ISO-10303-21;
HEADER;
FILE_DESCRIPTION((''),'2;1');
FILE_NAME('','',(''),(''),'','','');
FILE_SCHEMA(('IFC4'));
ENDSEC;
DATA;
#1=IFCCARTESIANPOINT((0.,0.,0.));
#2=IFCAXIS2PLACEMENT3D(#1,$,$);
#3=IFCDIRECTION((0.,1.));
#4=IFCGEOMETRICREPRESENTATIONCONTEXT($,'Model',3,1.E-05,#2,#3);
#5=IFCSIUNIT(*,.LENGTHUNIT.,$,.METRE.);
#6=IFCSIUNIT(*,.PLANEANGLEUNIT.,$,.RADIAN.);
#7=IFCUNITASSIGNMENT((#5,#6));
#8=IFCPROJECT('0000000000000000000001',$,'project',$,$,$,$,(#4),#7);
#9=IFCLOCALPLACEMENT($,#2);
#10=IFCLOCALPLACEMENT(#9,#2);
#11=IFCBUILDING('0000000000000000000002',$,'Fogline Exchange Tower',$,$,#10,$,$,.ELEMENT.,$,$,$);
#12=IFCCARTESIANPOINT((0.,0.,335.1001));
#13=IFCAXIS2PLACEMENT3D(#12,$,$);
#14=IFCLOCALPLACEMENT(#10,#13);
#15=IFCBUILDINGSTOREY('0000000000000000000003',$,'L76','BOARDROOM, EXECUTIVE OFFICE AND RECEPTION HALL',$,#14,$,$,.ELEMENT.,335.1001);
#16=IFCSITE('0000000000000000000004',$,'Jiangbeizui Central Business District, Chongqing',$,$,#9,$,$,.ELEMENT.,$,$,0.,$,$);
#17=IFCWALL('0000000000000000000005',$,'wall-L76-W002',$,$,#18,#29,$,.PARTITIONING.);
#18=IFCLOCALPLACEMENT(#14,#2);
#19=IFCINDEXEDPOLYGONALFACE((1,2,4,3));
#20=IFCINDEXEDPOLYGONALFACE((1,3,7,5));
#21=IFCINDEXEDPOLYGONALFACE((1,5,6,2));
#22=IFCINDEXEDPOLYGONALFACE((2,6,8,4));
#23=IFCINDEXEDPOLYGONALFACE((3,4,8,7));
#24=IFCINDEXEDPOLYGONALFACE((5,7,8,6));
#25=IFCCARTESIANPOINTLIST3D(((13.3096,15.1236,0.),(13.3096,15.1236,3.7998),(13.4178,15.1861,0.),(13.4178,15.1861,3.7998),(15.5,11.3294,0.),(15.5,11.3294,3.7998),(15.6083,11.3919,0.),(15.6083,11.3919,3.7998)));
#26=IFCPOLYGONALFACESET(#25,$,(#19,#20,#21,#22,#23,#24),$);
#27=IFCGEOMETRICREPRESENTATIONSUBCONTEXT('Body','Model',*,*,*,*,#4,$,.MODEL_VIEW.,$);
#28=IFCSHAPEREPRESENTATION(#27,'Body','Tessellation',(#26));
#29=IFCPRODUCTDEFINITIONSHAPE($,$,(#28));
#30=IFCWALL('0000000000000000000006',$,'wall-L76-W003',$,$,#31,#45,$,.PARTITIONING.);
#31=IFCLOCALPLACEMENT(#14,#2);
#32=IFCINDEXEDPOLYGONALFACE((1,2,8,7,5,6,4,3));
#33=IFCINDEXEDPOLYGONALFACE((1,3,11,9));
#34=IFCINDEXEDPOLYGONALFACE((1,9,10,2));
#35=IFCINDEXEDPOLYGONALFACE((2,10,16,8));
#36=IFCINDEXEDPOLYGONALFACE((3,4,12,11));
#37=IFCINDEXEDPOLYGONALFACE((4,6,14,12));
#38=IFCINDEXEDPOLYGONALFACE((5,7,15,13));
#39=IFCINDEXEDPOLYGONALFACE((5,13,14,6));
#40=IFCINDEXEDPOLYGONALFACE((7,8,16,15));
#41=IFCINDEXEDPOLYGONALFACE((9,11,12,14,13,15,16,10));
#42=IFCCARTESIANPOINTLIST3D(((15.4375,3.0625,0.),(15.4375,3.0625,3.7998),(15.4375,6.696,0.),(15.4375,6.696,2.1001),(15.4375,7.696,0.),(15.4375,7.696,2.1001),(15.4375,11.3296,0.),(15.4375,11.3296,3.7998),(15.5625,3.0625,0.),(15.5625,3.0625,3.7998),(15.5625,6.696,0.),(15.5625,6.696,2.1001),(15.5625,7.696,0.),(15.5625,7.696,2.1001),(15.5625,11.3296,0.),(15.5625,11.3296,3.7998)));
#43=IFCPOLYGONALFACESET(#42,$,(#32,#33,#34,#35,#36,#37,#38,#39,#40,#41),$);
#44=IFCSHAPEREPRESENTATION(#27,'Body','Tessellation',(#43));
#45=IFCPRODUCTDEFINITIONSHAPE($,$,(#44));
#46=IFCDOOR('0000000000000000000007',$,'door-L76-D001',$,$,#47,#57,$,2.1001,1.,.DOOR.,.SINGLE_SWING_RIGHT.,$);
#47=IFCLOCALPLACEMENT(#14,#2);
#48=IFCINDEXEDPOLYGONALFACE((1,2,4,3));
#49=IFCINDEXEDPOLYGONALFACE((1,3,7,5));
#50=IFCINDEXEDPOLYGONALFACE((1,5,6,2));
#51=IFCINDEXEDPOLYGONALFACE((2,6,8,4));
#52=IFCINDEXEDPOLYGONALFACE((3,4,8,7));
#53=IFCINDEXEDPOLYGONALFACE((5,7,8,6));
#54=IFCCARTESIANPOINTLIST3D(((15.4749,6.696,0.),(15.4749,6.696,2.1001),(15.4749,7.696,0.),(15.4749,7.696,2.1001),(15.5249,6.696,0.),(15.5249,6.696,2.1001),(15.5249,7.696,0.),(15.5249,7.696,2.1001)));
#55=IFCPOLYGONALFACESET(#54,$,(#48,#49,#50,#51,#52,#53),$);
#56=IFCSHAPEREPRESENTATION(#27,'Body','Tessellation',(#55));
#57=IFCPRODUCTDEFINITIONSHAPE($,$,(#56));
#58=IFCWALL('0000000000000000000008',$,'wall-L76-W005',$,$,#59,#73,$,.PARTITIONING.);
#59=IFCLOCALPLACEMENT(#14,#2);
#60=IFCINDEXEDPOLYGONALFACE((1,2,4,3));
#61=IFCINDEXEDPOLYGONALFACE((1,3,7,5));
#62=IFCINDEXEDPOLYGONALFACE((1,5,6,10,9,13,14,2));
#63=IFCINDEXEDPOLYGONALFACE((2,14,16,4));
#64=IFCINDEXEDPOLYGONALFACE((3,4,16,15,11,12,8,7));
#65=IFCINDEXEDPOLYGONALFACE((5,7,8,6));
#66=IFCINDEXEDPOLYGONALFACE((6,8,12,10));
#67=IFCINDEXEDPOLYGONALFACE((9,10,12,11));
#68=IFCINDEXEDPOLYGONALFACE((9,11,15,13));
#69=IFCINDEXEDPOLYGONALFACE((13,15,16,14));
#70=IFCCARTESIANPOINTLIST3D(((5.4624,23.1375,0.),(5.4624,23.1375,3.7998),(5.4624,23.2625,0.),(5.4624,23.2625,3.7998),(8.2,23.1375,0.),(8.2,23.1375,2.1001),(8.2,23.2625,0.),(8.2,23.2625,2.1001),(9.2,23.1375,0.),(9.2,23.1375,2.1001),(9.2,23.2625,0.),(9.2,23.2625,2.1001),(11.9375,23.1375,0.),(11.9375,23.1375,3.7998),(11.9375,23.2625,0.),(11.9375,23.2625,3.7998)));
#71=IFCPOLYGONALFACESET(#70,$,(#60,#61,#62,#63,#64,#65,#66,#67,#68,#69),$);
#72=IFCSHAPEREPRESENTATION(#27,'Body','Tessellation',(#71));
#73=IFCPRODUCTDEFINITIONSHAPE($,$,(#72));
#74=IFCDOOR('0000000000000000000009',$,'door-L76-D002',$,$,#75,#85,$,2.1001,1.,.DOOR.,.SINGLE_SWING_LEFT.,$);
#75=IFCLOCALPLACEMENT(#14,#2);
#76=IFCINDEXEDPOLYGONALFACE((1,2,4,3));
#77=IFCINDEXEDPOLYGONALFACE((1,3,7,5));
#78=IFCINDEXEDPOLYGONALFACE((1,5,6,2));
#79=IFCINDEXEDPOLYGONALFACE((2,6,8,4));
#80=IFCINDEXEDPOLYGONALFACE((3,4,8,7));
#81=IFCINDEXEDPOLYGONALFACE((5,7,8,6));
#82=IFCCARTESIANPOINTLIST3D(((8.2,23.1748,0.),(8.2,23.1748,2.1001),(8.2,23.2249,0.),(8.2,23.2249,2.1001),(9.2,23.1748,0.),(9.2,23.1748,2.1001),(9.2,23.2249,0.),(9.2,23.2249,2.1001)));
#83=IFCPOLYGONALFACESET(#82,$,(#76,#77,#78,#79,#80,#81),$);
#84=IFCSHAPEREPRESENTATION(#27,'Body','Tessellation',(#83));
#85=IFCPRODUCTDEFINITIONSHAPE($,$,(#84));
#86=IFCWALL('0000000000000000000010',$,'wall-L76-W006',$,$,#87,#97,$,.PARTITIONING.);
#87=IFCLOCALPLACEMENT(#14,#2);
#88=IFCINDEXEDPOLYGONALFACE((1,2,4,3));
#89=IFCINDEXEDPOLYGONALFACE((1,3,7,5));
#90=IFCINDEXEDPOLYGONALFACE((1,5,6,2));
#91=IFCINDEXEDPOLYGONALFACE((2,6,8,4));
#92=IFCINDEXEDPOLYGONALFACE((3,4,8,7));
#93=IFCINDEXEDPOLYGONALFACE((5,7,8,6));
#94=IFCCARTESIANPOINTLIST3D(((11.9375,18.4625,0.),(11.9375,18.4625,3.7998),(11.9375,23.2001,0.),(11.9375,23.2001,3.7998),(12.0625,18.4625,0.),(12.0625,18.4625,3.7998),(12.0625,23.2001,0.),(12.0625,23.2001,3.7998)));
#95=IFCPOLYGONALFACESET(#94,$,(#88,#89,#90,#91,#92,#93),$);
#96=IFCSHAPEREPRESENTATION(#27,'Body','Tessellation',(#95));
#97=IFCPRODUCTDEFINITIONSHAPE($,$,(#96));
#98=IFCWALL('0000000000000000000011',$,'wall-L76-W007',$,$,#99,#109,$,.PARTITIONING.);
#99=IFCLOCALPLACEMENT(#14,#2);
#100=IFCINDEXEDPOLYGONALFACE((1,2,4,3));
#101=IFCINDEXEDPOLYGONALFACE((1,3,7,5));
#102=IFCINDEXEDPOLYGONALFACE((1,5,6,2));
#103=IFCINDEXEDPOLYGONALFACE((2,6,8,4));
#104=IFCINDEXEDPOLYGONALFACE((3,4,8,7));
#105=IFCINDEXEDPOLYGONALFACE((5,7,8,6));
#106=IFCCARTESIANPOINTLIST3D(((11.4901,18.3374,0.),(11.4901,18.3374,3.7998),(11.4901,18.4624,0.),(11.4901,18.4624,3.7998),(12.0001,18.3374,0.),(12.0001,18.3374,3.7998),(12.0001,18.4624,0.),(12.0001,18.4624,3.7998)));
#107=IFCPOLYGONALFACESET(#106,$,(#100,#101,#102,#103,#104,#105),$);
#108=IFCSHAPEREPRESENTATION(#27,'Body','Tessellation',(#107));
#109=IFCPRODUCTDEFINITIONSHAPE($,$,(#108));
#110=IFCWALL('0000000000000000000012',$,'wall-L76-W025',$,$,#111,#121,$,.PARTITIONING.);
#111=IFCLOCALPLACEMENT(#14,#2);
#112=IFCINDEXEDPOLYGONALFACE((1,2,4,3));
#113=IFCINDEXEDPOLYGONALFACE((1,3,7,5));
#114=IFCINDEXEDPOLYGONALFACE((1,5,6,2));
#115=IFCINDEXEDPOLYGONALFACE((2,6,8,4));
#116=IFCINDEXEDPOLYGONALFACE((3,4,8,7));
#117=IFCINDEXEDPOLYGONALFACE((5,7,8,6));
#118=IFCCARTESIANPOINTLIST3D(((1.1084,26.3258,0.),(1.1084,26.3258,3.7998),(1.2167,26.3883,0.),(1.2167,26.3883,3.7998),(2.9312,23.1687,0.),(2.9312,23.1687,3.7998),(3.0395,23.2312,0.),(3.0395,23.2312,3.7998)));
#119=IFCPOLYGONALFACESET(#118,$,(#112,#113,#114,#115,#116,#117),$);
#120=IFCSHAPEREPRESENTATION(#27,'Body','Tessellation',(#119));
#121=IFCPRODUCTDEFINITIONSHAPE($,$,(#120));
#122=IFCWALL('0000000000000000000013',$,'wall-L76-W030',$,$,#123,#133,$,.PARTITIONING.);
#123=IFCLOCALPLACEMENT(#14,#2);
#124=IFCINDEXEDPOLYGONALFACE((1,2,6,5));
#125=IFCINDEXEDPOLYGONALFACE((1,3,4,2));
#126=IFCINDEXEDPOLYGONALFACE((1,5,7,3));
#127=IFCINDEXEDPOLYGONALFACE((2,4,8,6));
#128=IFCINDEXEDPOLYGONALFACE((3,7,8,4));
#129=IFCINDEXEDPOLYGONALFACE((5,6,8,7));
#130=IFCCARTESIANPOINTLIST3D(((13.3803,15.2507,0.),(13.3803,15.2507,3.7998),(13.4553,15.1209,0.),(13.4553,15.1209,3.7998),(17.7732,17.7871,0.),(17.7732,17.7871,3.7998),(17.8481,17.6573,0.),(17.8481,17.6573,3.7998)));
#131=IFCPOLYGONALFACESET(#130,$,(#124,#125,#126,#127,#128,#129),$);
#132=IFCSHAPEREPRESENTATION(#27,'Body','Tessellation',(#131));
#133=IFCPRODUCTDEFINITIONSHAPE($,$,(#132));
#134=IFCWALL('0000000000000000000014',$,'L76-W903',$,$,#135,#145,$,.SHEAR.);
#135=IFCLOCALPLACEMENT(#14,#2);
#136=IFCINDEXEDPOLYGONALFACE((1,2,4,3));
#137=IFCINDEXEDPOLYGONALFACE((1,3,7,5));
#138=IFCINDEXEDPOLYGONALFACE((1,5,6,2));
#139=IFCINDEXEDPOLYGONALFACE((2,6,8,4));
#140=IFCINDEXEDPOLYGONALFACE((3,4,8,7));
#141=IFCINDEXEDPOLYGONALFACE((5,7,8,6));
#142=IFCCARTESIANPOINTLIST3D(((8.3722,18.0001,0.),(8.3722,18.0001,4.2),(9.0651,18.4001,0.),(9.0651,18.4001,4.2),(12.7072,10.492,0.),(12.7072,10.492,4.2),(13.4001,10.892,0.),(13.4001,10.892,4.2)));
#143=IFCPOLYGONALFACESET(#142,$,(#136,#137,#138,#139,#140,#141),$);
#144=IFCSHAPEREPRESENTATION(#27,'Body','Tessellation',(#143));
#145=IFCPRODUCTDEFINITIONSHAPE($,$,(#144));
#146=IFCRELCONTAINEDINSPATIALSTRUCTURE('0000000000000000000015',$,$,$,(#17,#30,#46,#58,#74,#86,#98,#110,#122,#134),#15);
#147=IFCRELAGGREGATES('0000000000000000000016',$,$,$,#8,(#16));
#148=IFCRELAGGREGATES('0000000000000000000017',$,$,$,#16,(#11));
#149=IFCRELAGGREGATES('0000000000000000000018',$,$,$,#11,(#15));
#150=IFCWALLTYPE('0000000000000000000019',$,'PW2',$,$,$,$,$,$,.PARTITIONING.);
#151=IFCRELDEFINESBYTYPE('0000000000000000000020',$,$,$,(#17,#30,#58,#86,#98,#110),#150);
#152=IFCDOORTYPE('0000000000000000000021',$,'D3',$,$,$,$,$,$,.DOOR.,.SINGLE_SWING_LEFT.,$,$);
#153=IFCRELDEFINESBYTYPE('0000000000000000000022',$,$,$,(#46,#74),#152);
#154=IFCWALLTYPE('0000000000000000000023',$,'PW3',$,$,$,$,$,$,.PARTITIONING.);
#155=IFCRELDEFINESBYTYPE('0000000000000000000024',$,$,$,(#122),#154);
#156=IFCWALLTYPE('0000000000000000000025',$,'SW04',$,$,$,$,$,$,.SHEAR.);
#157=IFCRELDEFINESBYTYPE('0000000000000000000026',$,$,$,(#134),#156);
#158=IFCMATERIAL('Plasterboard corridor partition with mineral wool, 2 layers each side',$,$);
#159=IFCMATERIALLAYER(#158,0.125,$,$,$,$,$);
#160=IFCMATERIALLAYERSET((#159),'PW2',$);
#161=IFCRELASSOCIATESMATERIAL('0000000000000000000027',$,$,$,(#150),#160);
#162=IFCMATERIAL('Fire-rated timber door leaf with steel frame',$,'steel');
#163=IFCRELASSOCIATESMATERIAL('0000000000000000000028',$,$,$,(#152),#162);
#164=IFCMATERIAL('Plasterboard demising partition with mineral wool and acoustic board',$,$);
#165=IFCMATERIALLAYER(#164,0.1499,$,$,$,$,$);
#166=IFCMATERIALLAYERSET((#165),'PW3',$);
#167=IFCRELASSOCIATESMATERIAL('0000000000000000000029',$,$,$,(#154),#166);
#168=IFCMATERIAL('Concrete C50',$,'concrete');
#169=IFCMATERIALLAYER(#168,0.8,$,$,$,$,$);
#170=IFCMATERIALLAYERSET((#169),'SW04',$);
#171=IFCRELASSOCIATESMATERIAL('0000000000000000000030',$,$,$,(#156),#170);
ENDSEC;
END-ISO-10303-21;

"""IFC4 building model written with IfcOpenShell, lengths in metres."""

from ifc_helpers import new_model, si_unit, direction, frame, frame_2d, origin, place, context, subcontext, project, spatial, rectangle, extrude, material, layer, layer_set, type_object, element, fill, save


model = new_model("IFC4")

# Units and contexts
model_context = context("Model", 3, precision=1e-05, world=origin(), true_north=direction((0.0, 1.0)))
body_context = subcontext(model_context, "Body", "Model", "MODEL_VIEW")
ifc_project = project(units=[si_unit("LENGTHUNIT", "METRE"), si_unit("PLANEANGLEUNIT", "RADIAN")], contexts=[model_context])

# Site, building, storey
site_placement = place(None, origin())
site = spatial("IfcSite", under=ifc_project, at=site_placement, Name="Jiangbeizui Central Business District, Chongqing", CompositionType="ELEMENT", RefElevation=0.0)
building_placement = place(site_placement, origin())
building = spatial("IfcBuilding", under=site, at=building_placement, Name="Fogline Exchange Tower", CompositionType="ELEMENT")
storey_placement = place(building_placement, frame((0.0, 0.0, 335.1001)))
storey = spatial("IfcBuildingStorey", under=building, at=storey_placement, Name="L76", Description="BOARDROOM, EXECUTIVE OFFICE AND RECEPTION HALL", CompositionType="ELEMENT", Elevation=335.1001)

# Wall
ifc_material_1 = material(Name="Plasterboard corridor partition with mineral wool, 2 layers each side")
ifc_layer_1 = layer(ifc_material_1, 0.125)
ifc_layer_set_1 = layer_set([ifc_layer_1], Name="PW2")
wall_type_1 = type_object("IfcWallType", Name="PW2", PredefinedType="PARTITIONING", material=ifc_layer_set_1)
wall_1_placement = place(storey_placement, frame((13.3638, 15.1548, 0.0), z_axis=(0.0, 0.0, 1.0), x_axis=(0.499975, -0.86604, 0.0)))
element("IfcWall", 1, at=wall_1_placement, inside=storey, type_object=wall_type_1, Name="wall-L76-W002", PredefinedType="PARTITIONING", context=body_context, shape_type="SweptSolid", body=[
    extrude(rectangle(XDim=4.3811, YDim=0.125, at=frame_2d((2.1904, 0.0))), origin(), (0.0, 0.0, 1.0), 3.7998),
])

# Walls, openings, doors
wall_2_placement = place(storey_placement, frame((15.5, 11.3296, 0.0), z_axis=(0.0, 0.0, 1.0), x_axis=(0.0, -1.0, 0.0)))
wall_2 = element("IfcWall", 2, at=wall_2_placement, inside=storey, type_object=wall_type_1, Name="wall-L76-W003", PredefinedType="PARTITIONING", context=body_context, shape_type="SweptSolid", body=[
    extrude(rectangle(XDim=8.2671, YDim=0.125, at=frame_2d((4.1335, 0.0))), origin(), (0.0, 0.0, 1.0), 3.7998),
])
opening_1_placement = place(wall_2_placement, frame((3.6335, 0.0, 0.0)))
opening_1 = element("IfcOpeningElement", 3, at=opening_1_placement, cuts=wall_2, PredefinedType="OPENING", context=body_context, shape_type="SweptSolid", body=[
    extrude(rectangle(XDim=1.0, YDim=2.1001, at=frame_2d((0.5, 1.05))), frame((0.0, 0.0725, 0.0), z_axis=(0.0, -1.0, 0.0), x_axis=(1.0, 0.0, 0.0)), (0.0, 0.0, 1.0), 0.145),
])
ifc_material_2 = material(Name="Fire-rated timber door leaf with steel frame", Category="steel")
door_type_1 = type_object("IfcDoorType", Name="D3", OperationType="SINGLE_SWING_LEFT", PredefinedType="DOOR", material=ifc_material_2)
door_1_placement = place(opening_1_placement, origin())
door_1 = element("IfcDoor", 4, at=door_1_placement, inside=storey, type_object=door_type_1, Name="door-L76-D001", OperationType="SINGLE_SWING_RIGHT", OverallHeight=2.1001, OverallWidth=1.0, PredefinedType="DOOR", context=body_context, shape_type="SweptSolid", body=[
    extrude(rectangle(XDim=1.0, YDim=2.1001, at=frame_2d((0.5, 1.05))), frame((0.0, 0.0249, 0.0), z_axis=(0.0, -1.0, 0.0), x_axis=(1.0, 0.0, 0.0)), (0.0, 0.0, 1.0), 0.05),
])
fill(opening_1, door_1)
wall_3_placement = place(storey_placement, frame((5.4624, 23.2, 0.0), z_axis=(0.0, 0.0, 1.0), x_axis=(1.0, 0.0, 0.0)))
wall_3 = element("IfcWall", 5, at=wall_3_placement, inside=storey, type_object=wall_type_1, Name="wall-L76-W005", PredefinedType="PARTITIONING", context=body_context, shape_type="SweptSolid", body=[
    extrude(rectangle(XDim=6.4751, YDim=0.125, at=frame_2d((3.2375, 0.0))), origin(), (0.0, 0.0, 1.0), 3.7998),
])
opening_2_placement = place(wall_3_placement, frame((2.7375, 0.0, 0.0)))
opening_2 = element("IfcOpeningElement", 6, at=opening_2_placement, cuts=wall_3, PredefinedType="OPENING", context=body_context, shape_type="SweptSolid", body=[
    extrude(rectangle(XDim=1.0, YDim=2.1001, at=frame_2d((0.5, 1.05))), frame((0.0, 0.0725, 0.0), z_axis=(0.0, -1.0, 0.0), x_axis=(1.0, 0.0, 0.0)), (0.0, 0.0, 1.0), 0.145),
])
door_2_placement = place(opening_2_placement, origin())
door_2 = element("IfcDoor", 7, at=door_2_placement, inside=storey, type_object=door_type_1, Name="door-L76-D002", OperationType="SINGLE_SWING_LEFT", OverallHeight=2.1001, OverallWidth=1.0, PredefinedType="DOOR", context=body_context, shape_type="SweptSolid", body=[
    extrude(rectangle(XDim=1.0, YDim=2.1001, at=frame_2d((0.5, 1.05))), frame((0.0, 0.0249, 0.0), z_axis=(0.0, -1.0, 0.0), x_axis=(1.0, 0.0, 0.0)), (0.0, 0.0, 1.0), 0.05),
])
fill(opening_2, door_2)

# Walls
wall_4_placement = place(storey_placement, frame((12.0, 23.2, 0.0), z_axis=(0.0, 0.0, 1.0), x_axis=(0.0, -1.0, 0.0)))
element("IfcWall", 8, at=wall_4_placement, inside=storey, type_object=wall_type_1, Name="wall-L76-W006", PredefinedType="PARTITIONING", context=body_context, shape_type="SweptSolid", body=[
    extrude(rectangle(XDim=4.7375, YDim=0.125, at=frame_2d((2.3687, 0.0))), origin(), (0.0, 0.0, 1.0), 3.7998),
])
wall_5_placement = place(storey_placement, frame((12.0, 18.3999, 0.0), z_axis=(0.0, 0.0, 1.0), x_axis=(-1.0, 0.0, 0.0)))
element("IfcWall", 9, at=wall_5_placement, inside=storey, type_object=wall_type_1, Name="wall-L76-W007", PredefinedType="PARTITIONING", context=body_context, shape_type="SweptSolid", body=[
    extrude(rectangle(XDim=0.51, YDim=0.125, at=frame_2d((0.2549, 0.0))), origin(), (0.0, 0.0, 1.0), 3.7998),
])
wall_6_placement = place(storey_placement, frame((2.9854, 23.2, 0.0), z_axis=(0.0, 0.0, 1.0), x_axis=(-0.500014, 0.866017, 0.0)))
element("IfcWall", 10, at=wall_6_placement, inside=storey, type_object=wall_type_1, Name="wall-L76-W025", PredefinedType="PARTITIONING", context=body_context, shape_type="SweptSolid", body=[
    extrude(rectangle(XDim=3.6455, YDim=0.125, at=frame_2d((1.8228, 0.0))), origin(), (0.0, 0.0, 1.0), 3.7998),
])
ifc_material_3 = material(Name="Plasterboard demising partition with mineral wool and acoustic board")
ifc_layer_2 = layer(ifc_material_3, 0.1499)
ifc_layer_set_2 = layer_set([ifc_layer_2], Name="PW3")
wall_type_2 = type_object("IfcWallType", Name="PW3", PredefinedType="PARTITIONING", material=ifc_layer_set_2)
wall_7_placement = place(storey_placement, frame((17.8105, 17.7222, 0.0), z_axis=(0.0, 0.0, 1.0), x_axis=(-0.86601, -0.500027, 0.0)))
element("IfcWall", 11, at=wall_7_placement, inside=storey, type_object=wall_type_2, Name="wall-L76-W030", PredefinedType="PARTITIONING", context=body_context, shape_type="SweptSolid", body=[
    extrude(rectangle(XDim=5.0725, YDim=0.1499, at=frame_2d((2.5361, 0.0))), origin(), (0.0, 0.0, 1.0), 3.7998),
])
ifc_material_4 = material(Name="Concrete C50", Category="concrete")
ifc_layer_3 = layer(ifc_material_4, 0.8)
ifc_layer_set_3 = layer_set([ifc_layer_3], Name="SW04")
wall_type_3 = type_object("IfcWallType", Name="SW04", PredefinedType="SHEAR", material=ifc_layer_set_3)
wall_8_placement = place(storey_placement, frame((13.0537, 10.6919, 0.0), z_axis=(0.0, 0.0, 1.0), x_axis=(-0.500016, 0.866016, 0.0)))
element("IfcWall", 12, at=wall_8_placement, inside=storey, type_object=wall_type_3, Name="L76-W903", PredefinedType="SHEAR", context=body_context, shape_type="SweptSolid", body=[
    extrude(rectangle(XDim=8.6697, YDim=0.8, at=frame_2d((4.335, 0.0))), origin(), (0.0, 0.0, 1.0), 4.2),
])

save(model, "model.ifc")
